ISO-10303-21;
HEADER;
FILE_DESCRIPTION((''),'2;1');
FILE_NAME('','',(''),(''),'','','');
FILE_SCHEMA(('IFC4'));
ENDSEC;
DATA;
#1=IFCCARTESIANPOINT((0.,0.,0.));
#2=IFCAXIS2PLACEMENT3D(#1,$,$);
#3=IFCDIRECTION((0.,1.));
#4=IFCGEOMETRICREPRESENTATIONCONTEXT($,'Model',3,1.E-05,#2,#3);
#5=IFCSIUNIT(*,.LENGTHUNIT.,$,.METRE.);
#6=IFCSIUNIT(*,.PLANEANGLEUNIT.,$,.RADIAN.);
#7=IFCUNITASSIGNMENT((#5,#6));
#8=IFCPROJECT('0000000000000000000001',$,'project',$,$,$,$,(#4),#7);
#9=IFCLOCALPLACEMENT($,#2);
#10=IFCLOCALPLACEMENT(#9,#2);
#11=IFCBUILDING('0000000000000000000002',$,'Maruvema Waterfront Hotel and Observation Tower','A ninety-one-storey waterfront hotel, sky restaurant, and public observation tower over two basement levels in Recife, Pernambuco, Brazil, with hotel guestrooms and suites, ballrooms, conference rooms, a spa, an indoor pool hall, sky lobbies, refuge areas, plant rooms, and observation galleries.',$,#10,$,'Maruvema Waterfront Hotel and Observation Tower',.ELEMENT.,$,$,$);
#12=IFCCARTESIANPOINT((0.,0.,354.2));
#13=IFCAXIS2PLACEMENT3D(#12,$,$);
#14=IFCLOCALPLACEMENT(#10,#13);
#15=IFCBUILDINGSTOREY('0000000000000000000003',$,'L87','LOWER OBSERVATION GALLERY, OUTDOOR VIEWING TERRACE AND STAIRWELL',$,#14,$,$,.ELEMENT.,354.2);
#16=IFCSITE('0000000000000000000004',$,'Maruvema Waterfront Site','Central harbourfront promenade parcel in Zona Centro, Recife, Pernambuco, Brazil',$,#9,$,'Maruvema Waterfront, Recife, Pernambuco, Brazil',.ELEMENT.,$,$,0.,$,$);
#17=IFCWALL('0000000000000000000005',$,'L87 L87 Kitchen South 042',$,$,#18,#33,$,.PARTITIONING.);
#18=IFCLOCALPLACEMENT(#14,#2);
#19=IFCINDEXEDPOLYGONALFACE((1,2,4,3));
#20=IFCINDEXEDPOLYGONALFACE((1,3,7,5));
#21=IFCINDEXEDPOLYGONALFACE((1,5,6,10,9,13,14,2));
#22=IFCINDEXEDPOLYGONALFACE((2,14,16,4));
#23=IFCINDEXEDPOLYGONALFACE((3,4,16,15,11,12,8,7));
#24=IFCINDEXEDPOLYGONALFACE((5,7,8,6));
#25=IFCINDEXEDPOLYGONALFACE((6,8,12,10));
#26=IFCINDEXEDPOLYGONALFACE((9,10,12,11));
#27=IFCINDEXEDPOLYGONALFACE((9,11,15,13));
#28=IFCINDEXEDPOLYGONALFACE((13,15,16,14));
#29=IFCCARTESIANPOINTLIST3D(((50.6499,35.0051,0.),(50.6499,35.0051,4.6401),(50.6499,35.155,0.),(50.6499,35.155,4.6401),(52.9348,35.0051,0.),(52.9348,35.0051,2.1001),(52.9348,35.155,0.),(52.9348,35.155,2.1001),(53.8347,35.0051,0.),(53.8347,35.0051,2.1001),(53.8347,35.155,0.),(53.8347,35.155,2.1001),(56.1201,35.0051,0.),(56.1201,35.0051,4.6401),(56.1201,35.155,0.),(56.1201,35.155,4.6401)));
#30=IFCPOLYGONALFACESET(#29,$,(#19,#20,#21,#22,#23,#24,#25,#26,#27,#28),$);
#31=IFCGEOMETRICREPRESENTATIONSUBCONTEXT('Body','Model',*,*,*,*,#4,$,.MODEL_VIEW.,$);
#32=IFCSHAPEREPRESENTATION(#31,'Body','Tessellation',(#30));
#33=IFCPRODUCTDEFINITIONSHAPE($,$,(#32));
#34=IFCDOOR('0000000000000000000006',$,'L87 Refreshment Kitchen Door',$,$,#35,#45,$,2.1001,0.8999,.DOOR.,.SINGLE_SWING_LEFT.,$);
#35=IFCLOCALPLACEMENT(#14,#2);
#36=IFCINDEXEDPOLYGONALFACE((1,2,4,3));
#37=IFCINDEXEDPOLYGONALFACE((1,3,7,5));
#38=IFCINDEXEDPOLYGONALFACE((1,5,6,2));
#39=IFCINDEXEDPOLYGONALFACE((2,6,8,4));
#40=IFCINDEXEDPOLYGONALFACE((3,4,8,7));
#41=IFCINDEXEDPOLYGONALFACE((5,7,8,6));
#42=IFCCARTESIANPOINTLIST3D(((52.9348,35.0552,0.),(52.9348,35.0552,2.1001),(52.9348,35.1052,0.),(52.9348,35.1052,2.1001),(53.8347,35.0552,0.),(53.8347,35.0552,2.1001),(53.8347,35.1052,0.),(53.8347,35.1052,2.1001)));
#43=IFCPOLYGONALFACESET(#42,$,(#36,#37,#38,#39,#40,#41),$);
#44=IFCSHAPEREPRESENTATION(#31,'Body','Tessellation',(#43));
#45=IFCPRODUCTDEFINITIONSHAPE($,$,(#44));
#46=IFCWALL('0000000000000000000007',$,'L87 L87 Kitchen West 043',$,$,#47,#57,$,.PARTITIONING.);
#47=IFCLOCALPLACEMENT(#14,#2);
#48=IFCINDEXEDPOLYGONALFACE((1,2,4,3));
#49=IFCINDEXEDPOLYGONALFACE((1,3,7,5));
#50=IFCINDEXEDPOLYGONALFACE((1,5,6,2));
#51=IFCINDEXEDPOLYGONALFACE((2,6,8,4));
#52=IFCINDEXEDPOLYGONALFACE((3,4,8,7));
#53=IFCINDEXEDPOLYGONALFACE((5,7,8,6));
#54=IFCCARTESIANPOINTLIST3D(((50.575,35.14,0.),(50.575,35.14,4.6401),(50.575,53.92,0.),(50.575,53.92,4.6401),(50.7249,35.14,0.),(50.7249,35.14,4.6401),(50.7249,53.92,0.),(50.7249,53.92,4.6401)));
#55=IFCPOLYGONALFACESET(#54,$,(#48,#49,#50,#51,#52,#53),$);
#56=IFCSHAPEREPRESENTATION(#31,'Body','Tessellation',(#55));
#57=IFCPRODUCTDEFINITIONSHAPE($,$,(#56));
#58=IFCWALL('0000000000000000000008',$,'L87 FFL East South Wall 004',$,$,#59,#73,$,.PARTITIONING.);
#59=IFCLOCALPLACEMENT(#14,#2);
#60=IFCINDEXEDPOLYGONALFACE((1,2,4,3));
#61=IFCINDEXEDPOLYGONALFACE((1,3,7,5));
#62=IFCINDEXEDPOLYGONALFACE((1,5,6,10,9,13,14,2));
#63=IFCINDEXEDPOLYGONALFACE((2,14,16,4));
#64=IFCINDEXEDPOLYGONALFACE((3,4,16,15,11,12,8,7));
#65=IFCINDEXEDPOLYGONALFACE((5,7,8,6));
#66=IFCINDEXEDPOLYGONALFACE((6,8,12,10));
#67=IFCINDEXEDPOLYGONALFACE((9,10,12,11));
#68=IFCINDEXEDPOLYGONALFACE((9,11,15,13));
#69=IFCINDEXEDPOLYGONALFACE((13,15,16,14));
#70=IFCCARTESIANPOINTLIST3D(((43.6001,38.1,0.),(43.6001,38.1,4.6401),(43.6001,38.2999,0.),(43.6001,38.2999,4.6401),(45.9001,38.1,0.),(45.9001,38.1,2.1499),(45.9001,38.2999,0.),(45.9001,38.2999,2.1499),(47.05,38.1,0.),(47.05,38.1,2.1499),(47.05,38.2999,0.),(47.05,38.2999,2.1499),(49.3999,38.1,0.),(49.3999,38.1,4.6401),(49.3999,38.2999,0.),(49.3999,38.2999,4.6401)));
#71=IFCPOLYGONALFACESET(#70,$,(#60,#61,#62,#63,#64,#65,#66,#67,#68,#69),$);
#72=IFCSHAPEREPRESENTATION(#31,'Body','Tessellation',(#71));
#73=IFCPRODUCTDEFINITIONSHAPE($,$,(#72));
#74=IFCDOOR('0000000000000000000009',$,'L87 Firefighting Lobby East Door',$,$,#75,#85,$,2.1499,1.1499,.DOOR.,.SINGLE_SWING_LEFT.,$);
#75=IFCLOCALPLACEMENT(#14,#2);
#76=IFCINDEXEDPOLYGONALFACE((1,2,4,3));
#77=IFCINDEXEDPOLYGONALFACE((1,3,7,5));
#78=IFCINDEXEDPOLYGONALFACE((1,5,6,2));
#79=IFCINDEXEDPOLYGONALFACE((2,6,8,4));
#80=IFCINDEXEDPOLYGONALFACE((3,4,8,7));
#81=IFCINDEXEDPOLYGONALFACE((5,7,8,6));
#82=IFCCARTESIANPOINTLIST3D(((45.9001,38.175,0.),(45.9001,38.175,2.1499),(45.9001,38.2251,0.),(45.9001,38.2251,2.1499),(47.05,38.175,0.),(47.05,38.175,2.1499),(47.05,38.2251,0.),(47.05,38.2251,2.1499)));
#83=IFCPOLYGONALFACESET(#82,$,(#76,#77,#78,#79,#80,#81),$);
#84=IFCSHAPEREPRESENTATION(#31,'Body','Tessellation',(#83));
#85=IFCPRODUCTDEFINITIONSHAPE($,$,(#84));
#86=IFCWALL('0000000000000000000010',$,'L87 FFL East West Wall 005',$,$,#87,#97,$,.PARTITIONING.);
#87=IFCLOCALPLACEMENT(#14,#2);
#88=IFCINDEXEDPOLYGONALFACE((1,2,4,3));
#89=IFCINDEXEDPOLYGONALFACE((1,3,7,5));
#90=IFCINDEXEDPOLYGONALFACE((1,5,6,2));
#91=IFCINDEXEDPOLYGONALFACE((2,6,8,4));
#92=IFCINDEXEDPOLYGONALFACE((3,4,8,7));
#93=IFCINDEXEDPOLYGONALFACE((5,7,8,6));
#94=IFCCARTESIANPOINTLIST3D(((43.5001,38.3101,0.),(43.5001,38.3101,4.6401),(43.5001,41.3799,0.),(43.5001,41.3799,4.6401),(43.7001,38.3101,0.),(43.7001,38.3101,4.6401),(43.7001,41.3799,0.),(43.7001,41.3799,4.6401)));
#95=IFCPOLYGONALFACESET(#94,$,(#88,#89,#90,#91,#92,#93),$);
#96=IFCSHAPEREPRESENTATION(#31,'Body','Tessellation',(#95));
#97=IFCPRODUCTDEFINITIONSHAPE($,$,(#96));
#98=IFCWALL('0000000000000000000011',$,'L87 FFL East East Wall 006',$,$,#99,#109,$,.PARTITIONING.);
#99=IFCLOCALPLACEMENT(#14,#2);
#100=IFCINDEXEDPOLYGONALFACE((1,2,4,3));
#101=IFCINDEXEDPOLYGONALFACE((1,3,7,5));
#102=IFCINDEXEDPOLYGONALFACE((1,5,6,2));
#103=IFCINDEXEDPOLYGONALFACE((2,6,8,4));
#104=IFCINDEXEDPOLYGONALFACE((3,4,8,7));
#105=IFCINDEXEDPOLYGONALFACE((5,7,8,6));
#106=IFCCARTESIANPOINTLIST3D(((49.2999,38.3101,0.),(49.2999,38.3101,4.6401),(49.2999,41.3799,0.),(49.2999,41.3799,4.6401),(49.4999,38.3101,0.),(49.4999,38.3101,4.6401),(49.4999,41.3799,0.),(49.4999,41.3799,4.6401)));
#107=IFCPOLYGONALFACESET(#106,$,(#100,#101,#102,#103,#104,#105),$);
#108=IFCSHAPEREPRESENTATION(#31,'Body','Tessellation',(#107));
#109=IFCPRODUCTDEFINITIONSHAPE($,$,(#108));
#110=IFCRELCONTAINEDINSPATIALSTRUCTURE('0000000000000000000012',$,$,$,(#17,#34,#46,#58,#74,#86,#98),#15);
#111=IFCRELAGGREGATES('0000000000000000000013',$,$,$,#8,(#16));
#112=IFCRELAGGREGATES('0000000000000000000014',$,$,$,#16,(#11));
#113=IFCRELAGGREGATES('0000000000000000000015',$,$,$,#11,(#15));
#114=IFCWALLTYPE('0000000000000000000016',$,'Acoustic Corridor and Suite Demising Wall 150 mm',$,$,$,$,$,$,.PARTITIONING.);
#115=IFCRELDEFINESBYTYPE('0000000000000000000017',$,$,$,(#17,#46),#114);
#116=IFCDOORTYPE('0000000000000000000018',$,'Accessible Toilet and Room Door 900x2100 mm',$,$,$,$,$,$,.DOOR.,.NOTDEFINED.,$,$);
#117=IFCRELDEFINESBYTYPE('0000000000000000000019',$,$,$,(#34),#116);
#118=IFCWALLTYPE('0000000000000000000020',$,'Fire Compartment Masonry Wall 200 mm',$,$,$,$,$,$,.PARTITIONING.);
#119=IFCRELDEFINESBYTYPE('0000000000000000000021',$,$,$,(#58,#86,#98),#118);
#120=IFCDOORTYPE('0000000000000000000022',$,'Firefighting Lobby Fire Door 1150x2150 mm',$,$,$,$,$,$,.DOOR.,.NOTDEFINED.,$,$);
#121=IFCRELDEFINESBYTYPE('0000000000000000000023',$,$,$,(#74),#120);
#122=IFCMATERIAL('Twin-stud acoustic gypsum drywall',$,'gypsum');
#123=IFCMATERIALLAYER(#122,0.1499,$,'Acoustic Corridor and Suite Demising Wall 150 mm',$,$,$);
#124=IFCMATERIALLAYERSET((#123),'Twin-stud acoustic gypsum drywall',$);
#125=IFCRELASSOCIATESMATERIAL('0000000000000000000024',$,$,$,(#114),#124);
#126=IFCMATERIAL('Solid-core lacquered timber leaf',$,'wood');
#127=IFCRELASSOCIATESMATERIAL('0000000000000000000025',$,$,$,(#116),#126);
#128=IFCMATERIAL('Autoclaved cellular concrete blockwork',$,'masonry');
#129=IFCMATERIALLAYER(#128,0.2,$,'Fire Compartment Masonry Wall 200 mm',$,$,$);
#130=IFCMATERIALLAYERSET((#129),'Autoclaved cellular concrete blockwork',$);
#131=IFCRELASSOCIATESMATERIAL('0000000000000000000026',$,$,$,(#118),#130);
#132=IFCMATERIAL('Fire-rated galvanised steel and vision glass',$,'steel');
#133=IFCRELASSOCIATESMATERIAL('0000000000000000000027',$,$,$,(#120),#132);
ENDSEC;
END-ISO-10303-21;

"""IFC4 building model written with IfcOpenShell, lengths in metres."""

from ifc_helpers import new_model, si_unit, direction, frame, frame_2d, origin, place, context, subcontext, project, spatial, rectangle, extrude, material, layer, layer_set, type_object, element, fill, save


model = new_model("IFC4")

# Units and contexts
model_context = context("Model", 3, precision=1e-05, world=origin(), true_north=direction((0.0, 1.0)))
body_context = subcontext(model_context, "Body", "Model", "MODEL_VIEW")
ifc_project = project(units=[si_unit("LENGTHUNIT", "METRE"), si_unit("PLANEANGLEUNIT", "RADIAN")], contexts=[model_context])

# Site, building, storey
site_placement = place(None, origin())
site = spatial("IfcSite", under=ifc_project, at=site_placement, Name="Maruvema Waterfront Site", Description="Central harbourfront promenade parcel in Zona Centro, Recife, Pernambuco, Brazil", LongName="Maruvema Waterfront, Recife, Pernambuco, Brazil", CompositionType="ELEMENT", RefElevation=0.0)
building_placement = place(site_placement, origin())
building = spatial("IfcBuilding", under=site, at=building_placement, Name="Maruvema Waterfront Hotel and Observation Tower", Description="A ninety-one-storey waterfront hotel, sky restaurant, and public observation tower over two basement levels in Recife, Pernambuco, Brazil, with hotel guestrooms and suites, ballrooms, conference rooms, a spa, an indoor pool hall, sky lobbies, refuge areas, plant rooms, and observation galleries.", LongName="Maruvema Waterfront Hotel and Observation Tower", CompositionType="ELEMENT")
storey_placement = place(building_placement, frame((0.0, 0.0, 354.2)))
storey = spatial("IfcBuildingStorey", under=building, at=storey_placement, Name="L87", Description="LOWER OBSERVATION GALLERY, OUTDOOR VIEWING TERRACE AND STAIRWELL", CompositionType="ELEMENT", Elevation=354.2)

# Shared definitions
ifc_material_1 = material(Name="Twin-stud acoustic gypsum drywall", Category="gypsum")
ifc_layer_1 = layer(ifc_material_1, 0.1499, Name="Acoustic Corridor and Suite Demising Wall 150 mm")
ifc_layer_set_1 = layer_set([ifc_layer_1], Name="Twin-stud acoustic gypsum drywall")
wall_type_1 = type_object("IfcWallType", Name="Acoustic Corridor and Suite Demising Wall 150 mm", PredefinedType="PARTITIONING", material=ifc_layer_set_1)
ifc_material_2 = material(Name="Solid-core lacquered timber leaf", Category="wood")
door_type_1 = type_object("IfcDoorType", Name="Accessible Toilet and Room Door 900x2100 mm", OperationType="NOTDEFINED", PredefinedType="DOOR", material=ifc_material_2)

# Wall, opening, door
wall_1_placement = place(storey_placement, frame((50.6499, 35.0801, 0.0), z_axis=(0.0, 0.0, 1.0), x_axis=(1.0, 0.0, 0.0)))
wall_1 = element("IfcWall", 1, at=wall_1_placement, inside=storey, type_object=wall_type_1, Name="L87 L87 Kitchen South 042", PredefinedType="PARTITIONING", context=body_context, shape_type="SweptSolid", body=[
    extrude(rectangle(XDim=5.4702, YDim=0.1499, at=frame_2d((2.7351, 0.0))), origin(), (0.0, 0.0, 1.0), 4.6401),
])
opening_1_placement = place(wall_1_placement, frame((2.2849, 0.0, 0.0)))
opening_1 = element("IfcOpeningElement", 2, at=opening_1_placement, cuts=wall_1, PredefinedType="OPENING", context=body_context, shape_type="SweptSolid", body=[
    extrude(rectangle(XDim=0.8999, YDim=2.1001, at=frame_2d((0.45, 1.05))), frame((0.0, 0.085, 0.0), z_axis=(0.0, -1.0, 0.0), x_axis=(1.0, 0.0, 0.0)), (0.0, 0.0, 1.0), 0.1699),
])
door_1_placement = place(opening_1_placement, frame((0.8999, 0.0, 0.0), z_axis=(0.0, 0.0, 1.0), x_axis=(-1.0, 0.0, 0.0)))
door_1 = element("IfcDoor", 3, at=door_1_placement, inside=storey, type_object=door_type_1, Name="L87 Refreshment Kitchen Door", OperationType="SINGLE_SWING_LEFT", OverallHeight=2.1001, OverallWidth=0.8999, PredefinedType="DOOR", context=body_context, shape_type="SweptSolid", body=[
    extrude(rectangle(XDim=0.8999, YDim=2.1001, at=frame_2d((0.45, 1.05))), frame((0.0, 0.0249, 0.0), z_axis=(0.0, -1.0, 0.0), x_axis=(1.0, 0.0, 0.0)), (0.0, 0.0, 1.0), 0.05),
])
fill(opening_1, door_1)

# Wall
wall_2_placement = place(storey_placement, frame((50.6499, 35.1399, 0.0), z_axis=(0.0, 0.0, 1.0), x_axis=(0.0, 1.0, 0.0)))
element("IfcWall", 4, at=wall_2_placement, inside=storey, type_object=wall_type_1, Name="L87 L87 Kitchen West 043", PredefinedType="PARTITIONING", context=body_context, shape_type="SweptSolid", body=[
    extrude(rectangle(XDim=18.78, YDim=0.1499, at=frame_2d((9.3901, 0.0))), origin(), (0.0, 0.0, 1.0), 4.6401),
])

# Wall, opening, door
ifc_material_3 = material(Name="Autoclaved cellular concrete blockwork", Category="masonry")
ifc_layer_2 = layer(ifc_material_3, 0.2, Name="Fire Compartment Masonry Wall 200 mm")
ifc_layer_set_2 = layer_set([ifc_layer_2], Name="Autoclaved cellular concrete blockwork")
wall_type_2 = type_object("IfcWallType", Name="Fire Compartment Masonry Wall 200 mm", PredefinedType="PARTITIONING", material=ifc_layer_set_2)
wall_3_placement = place(storey_placement, frame((43.6001, 38.2, 0.0), z_axis=(0.0, 0.0, 1.0), x_axis=(1.0, 0.0, 0.0)))
wall_3 = element("IfcWall", 5, at=wall_3_placement, inside=storey, type_object=wall_type_2, Name="L87 FFL East South Wall 004", PredefinedType="PARTITIONING", context=body_context, shape_type="SweptSolid", body=[
    extrude(rectangle(XDim=5.7998, YDim=0.2, at=frame_2d((2.8999, 0.0))), origin(), (0.0, 0.0, 1.0), 4.6401),
])
opening_2_placement = place(wall_3_placement, frame((2.3, 0.0, 0.0)))
opening_2 = element("IfcOpeningElement", 6, at=opening_2_placement, cuts=wall_3, PredefinedType="OPENING", context=body_context, shape_type="SweptSolid", body=[
    extrude(rectangle(XDim=1.1499, YDim=2.1499, at=frame_2d((0.575, 1.075))), frame((0.0, 0.1099, 0.0), z_axis=(0.0, -1.0, 0.0), x_axis=(1.0, 0.0, 0.0)), (0.0, 0.0, 1.0), 0.22),
])
ifc_material_4 = material(Name="Fire-rated galvanised steel and vision glass", Category="steel")
door_type_2 = type_object("IfcDoorType", Name="Firefighting Lobby Fire Door 1150x2150 mm", OperationType="NOTDEFINED", PredefinedType="DOOR", material=ifc_material_4)
door_2_placement = place(opening_2_placement, frame((1.1499, 0.0, 0.0), z_axis=(0.0, 0.0, 1.0), x_axis=(-1.0, 0.0, 0.0)))
door_2 = element("IfcDoor", 7, at=door_2_placement, inside=storey, type_object=door_type_2, Name="L87 Firefighting Lobby East Door", OperationType="SINGLE_SWING_LEFT", OverallHeight=2.1499, OverallWidth=1.1499, PredefinedType="DOOR", context=body_context, shape_type="SweptSolid", body=[
    extrude(rectangle(XDim=1.1499, YDim=2.1499, at=frame_2d((0.575, 1.075))), frame((0.0, 0.0249, 0.0), z_axis=(0.0, -1.0, 0.0), x_axis=(1.0, 0.0, 0.0)), (0.0, 0.0, 1.0), 0.05),
])
fill(opening_2, door_2)

# Walls
for number, where, z_axis, x_axis, name in (
    (8, (43.6001, 38.3101, 0.0), (0.0, 0.0, 1.0), (0.0, 1.0, 0.0), "L87 FFL East West Wall 005"),
    (9, (49.3999, 38.3101, 0.0), (0.0, 0.0, 1.0), (0.0, 1.0, 0.0), "L87 FFL East East Wall 006"),
):
    element("IfcWall", number, at=place(storey_placement, frame(where, z_axis=z_axis, x_axis=x_axis)), inside=storey, type_object=wall_type_2, Name=name, PredefinedType="PARTITIONING", context=body_context, shape_type="SweptSolid", body=[
        extrude(rectangle(XDim=3.0698, YDim=0.2, at=frame_2d((1.5349, 0.0))), origin(), (0.0, 0.0, 1.0), 4.6401),
    ])

save(model, "model.ifc")
